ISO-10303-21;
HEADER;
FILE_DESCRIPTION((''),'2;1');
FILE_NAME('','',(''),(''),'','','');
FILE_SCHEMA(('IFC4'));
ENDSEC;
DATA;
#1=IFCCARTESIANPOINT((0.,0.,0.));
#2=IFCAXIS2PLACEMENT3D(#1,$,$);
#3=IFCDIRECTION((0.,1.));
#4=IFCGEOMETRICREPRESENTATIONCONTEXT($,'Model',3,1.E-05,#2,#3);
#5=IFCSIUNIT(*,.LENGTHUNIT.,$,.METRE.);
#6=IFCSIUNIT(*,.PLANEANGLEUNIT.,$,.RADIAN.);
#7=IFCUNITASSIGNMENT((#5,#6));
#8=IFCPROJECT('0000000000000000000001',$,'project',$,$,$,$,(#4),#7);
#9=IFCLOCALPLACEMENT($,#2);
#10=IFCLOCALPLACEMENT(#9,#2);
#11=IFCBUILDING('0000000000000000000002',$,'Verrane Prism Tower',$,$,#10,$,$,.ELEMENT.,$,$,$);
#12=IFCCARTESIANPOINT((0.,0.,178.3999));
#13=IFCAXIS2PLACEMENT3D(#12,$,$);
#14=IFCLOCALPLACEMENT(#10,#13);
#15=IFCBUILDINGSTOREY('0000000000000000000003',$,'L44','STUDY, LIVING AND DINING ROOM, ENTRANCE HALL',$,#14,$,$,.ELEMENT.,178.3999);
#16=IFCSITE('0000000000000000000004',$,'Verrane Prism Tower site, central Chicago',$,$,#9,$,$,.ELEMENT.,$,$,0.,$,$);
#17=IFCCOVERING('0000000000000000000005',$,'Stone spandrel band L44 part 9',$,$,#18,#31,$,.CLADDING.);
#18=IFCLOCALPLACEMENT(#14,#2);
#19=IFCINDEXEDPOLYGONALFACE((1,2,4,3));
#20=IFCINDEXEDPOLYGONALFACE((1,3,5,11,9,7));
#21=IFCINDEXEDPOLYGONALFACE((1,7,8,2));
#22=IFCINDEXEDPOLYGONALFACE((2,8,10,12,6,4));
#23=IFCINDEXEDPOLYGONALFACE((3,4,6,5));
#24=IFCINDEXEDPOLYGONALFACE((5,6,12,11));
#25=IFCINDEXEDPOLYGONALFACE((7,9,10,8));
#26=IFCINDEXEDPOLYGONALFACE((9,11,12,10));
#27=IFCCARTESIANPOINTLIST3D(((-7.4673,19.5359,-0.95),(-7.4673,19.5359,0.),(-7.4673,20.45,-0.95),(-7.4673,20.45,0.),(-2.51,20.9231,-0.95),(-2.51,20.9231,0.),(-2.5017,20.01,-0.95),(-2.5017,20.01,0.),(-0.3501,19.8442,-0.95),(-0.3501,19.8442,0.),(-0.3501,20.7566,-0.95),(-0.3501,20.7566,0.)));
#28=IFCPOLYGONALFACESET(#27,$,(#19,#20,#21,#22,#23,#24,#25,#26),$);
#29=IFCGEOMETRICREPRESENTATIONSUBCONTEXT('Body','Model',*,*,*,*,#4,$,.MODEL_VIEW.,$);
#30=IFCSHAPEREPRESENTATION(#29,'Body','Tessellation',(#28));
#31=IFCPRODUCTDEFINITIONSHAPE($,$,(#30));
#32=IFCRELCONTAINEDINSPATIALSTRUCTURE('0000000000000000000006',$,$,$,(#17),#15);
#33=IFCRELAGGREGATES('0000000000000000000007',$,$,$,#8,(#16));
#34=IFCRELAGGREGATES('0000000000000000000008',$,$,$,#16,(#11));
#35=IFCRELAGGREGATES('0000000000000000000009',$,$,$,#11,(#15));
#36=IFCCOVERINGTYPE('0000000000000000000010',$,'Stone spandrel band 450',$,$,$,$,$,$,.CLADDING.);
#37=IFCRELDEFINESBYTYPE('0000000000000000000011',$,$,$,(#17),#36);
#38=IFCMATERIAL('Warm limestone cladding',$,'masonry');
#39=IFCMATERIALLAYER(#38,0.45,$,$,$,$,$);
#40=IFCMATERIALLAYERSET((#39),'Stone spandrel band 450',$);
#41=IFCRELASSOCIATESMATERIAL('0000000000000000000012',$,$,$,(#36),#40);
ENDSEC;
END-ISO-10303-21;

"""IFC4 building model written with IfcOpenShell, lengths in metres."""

from ifc_helpers import new_model, si_unit, direction, frame, origin, place, context, subcontext, project, spatial, polyline, outline, extrude, material, layer, layer_set, type_object, element, save


model = new_model("IFC4")

# Units and contexts
model_context = context("Model", 3, precision=1e-05, world=origin(), true_north=direction((0.0, 1.0)))
body_context = subcontext(model_context, "Body", "Model", "MODEL_VIEW")
ifc_project = project(units=[si_unit("LENGTHUNIT", "METRE"), si_unit("PLANEANGLEUNIT", "RADIAN")], contexts=[model_context])

# Site, building, storey
site_placement = place(None, origin())
site = spatial("IfcSite", under=ifc_project, at=site_placement, Name="Verrane Prism Tower site, central Chicago", CompositionType="ELEMENT", RefElevation=0.0)
building_placement = place(site_placement, origin())
building = spatial("IfcBuilding", under=site, at=building_placement, Name="Verrane Prism Tower", CompositionType="ELEMENT")
storey_placement = place(building_placement, frame((0.0, 0.0, 178.3999)))
storey = spatial("IfcBuildingStorey", under=building, at=storey_placement, Name="L44", Description="STUDY, LIVING AND DINING ROOM, ENTRANCE HALL", CompositionType="ELEMENT", Elevation=178.3999)

# Covering
ifc_material_1 = material(Name="Warm limestone cladding", Category="masonry")
ifc_layer_1 = layer(ifc_material_1, 0.45)
ifc_layer_set_1 = layer_set([ifc_layer_1], Name="Stone spandrel band 450")
covering_type = type_object("IfcCoveringType", Name="Stone spandrel band 450", PredefinedType="CLADDING", material=ifc_layer_set_1)
covering_1_placement = place(storey_placement, frame((0.0, 0.0, -0.95)))
element("IfcCovering", 1, at=covering_1_placement, inside=storey, type_object=covering_type, Name="Stone spandrel band L44 part 9", PredefinedType="CLADDING", context=body_context, shape_type="SweptSolid", body=[
    extrude(outline(polyline([(-7.4673, 20.45), (-7.4673, 19.5359), (-2.5017, 20.01), (-0.3501, 19.8442), (-0.3501, 20.7566), (-2.51, 20.9231), (-7.4673, 20.45)])), origin(), (0.0, 0.0, 1.0), 0.95),
])

save(model, "model.ifc")
